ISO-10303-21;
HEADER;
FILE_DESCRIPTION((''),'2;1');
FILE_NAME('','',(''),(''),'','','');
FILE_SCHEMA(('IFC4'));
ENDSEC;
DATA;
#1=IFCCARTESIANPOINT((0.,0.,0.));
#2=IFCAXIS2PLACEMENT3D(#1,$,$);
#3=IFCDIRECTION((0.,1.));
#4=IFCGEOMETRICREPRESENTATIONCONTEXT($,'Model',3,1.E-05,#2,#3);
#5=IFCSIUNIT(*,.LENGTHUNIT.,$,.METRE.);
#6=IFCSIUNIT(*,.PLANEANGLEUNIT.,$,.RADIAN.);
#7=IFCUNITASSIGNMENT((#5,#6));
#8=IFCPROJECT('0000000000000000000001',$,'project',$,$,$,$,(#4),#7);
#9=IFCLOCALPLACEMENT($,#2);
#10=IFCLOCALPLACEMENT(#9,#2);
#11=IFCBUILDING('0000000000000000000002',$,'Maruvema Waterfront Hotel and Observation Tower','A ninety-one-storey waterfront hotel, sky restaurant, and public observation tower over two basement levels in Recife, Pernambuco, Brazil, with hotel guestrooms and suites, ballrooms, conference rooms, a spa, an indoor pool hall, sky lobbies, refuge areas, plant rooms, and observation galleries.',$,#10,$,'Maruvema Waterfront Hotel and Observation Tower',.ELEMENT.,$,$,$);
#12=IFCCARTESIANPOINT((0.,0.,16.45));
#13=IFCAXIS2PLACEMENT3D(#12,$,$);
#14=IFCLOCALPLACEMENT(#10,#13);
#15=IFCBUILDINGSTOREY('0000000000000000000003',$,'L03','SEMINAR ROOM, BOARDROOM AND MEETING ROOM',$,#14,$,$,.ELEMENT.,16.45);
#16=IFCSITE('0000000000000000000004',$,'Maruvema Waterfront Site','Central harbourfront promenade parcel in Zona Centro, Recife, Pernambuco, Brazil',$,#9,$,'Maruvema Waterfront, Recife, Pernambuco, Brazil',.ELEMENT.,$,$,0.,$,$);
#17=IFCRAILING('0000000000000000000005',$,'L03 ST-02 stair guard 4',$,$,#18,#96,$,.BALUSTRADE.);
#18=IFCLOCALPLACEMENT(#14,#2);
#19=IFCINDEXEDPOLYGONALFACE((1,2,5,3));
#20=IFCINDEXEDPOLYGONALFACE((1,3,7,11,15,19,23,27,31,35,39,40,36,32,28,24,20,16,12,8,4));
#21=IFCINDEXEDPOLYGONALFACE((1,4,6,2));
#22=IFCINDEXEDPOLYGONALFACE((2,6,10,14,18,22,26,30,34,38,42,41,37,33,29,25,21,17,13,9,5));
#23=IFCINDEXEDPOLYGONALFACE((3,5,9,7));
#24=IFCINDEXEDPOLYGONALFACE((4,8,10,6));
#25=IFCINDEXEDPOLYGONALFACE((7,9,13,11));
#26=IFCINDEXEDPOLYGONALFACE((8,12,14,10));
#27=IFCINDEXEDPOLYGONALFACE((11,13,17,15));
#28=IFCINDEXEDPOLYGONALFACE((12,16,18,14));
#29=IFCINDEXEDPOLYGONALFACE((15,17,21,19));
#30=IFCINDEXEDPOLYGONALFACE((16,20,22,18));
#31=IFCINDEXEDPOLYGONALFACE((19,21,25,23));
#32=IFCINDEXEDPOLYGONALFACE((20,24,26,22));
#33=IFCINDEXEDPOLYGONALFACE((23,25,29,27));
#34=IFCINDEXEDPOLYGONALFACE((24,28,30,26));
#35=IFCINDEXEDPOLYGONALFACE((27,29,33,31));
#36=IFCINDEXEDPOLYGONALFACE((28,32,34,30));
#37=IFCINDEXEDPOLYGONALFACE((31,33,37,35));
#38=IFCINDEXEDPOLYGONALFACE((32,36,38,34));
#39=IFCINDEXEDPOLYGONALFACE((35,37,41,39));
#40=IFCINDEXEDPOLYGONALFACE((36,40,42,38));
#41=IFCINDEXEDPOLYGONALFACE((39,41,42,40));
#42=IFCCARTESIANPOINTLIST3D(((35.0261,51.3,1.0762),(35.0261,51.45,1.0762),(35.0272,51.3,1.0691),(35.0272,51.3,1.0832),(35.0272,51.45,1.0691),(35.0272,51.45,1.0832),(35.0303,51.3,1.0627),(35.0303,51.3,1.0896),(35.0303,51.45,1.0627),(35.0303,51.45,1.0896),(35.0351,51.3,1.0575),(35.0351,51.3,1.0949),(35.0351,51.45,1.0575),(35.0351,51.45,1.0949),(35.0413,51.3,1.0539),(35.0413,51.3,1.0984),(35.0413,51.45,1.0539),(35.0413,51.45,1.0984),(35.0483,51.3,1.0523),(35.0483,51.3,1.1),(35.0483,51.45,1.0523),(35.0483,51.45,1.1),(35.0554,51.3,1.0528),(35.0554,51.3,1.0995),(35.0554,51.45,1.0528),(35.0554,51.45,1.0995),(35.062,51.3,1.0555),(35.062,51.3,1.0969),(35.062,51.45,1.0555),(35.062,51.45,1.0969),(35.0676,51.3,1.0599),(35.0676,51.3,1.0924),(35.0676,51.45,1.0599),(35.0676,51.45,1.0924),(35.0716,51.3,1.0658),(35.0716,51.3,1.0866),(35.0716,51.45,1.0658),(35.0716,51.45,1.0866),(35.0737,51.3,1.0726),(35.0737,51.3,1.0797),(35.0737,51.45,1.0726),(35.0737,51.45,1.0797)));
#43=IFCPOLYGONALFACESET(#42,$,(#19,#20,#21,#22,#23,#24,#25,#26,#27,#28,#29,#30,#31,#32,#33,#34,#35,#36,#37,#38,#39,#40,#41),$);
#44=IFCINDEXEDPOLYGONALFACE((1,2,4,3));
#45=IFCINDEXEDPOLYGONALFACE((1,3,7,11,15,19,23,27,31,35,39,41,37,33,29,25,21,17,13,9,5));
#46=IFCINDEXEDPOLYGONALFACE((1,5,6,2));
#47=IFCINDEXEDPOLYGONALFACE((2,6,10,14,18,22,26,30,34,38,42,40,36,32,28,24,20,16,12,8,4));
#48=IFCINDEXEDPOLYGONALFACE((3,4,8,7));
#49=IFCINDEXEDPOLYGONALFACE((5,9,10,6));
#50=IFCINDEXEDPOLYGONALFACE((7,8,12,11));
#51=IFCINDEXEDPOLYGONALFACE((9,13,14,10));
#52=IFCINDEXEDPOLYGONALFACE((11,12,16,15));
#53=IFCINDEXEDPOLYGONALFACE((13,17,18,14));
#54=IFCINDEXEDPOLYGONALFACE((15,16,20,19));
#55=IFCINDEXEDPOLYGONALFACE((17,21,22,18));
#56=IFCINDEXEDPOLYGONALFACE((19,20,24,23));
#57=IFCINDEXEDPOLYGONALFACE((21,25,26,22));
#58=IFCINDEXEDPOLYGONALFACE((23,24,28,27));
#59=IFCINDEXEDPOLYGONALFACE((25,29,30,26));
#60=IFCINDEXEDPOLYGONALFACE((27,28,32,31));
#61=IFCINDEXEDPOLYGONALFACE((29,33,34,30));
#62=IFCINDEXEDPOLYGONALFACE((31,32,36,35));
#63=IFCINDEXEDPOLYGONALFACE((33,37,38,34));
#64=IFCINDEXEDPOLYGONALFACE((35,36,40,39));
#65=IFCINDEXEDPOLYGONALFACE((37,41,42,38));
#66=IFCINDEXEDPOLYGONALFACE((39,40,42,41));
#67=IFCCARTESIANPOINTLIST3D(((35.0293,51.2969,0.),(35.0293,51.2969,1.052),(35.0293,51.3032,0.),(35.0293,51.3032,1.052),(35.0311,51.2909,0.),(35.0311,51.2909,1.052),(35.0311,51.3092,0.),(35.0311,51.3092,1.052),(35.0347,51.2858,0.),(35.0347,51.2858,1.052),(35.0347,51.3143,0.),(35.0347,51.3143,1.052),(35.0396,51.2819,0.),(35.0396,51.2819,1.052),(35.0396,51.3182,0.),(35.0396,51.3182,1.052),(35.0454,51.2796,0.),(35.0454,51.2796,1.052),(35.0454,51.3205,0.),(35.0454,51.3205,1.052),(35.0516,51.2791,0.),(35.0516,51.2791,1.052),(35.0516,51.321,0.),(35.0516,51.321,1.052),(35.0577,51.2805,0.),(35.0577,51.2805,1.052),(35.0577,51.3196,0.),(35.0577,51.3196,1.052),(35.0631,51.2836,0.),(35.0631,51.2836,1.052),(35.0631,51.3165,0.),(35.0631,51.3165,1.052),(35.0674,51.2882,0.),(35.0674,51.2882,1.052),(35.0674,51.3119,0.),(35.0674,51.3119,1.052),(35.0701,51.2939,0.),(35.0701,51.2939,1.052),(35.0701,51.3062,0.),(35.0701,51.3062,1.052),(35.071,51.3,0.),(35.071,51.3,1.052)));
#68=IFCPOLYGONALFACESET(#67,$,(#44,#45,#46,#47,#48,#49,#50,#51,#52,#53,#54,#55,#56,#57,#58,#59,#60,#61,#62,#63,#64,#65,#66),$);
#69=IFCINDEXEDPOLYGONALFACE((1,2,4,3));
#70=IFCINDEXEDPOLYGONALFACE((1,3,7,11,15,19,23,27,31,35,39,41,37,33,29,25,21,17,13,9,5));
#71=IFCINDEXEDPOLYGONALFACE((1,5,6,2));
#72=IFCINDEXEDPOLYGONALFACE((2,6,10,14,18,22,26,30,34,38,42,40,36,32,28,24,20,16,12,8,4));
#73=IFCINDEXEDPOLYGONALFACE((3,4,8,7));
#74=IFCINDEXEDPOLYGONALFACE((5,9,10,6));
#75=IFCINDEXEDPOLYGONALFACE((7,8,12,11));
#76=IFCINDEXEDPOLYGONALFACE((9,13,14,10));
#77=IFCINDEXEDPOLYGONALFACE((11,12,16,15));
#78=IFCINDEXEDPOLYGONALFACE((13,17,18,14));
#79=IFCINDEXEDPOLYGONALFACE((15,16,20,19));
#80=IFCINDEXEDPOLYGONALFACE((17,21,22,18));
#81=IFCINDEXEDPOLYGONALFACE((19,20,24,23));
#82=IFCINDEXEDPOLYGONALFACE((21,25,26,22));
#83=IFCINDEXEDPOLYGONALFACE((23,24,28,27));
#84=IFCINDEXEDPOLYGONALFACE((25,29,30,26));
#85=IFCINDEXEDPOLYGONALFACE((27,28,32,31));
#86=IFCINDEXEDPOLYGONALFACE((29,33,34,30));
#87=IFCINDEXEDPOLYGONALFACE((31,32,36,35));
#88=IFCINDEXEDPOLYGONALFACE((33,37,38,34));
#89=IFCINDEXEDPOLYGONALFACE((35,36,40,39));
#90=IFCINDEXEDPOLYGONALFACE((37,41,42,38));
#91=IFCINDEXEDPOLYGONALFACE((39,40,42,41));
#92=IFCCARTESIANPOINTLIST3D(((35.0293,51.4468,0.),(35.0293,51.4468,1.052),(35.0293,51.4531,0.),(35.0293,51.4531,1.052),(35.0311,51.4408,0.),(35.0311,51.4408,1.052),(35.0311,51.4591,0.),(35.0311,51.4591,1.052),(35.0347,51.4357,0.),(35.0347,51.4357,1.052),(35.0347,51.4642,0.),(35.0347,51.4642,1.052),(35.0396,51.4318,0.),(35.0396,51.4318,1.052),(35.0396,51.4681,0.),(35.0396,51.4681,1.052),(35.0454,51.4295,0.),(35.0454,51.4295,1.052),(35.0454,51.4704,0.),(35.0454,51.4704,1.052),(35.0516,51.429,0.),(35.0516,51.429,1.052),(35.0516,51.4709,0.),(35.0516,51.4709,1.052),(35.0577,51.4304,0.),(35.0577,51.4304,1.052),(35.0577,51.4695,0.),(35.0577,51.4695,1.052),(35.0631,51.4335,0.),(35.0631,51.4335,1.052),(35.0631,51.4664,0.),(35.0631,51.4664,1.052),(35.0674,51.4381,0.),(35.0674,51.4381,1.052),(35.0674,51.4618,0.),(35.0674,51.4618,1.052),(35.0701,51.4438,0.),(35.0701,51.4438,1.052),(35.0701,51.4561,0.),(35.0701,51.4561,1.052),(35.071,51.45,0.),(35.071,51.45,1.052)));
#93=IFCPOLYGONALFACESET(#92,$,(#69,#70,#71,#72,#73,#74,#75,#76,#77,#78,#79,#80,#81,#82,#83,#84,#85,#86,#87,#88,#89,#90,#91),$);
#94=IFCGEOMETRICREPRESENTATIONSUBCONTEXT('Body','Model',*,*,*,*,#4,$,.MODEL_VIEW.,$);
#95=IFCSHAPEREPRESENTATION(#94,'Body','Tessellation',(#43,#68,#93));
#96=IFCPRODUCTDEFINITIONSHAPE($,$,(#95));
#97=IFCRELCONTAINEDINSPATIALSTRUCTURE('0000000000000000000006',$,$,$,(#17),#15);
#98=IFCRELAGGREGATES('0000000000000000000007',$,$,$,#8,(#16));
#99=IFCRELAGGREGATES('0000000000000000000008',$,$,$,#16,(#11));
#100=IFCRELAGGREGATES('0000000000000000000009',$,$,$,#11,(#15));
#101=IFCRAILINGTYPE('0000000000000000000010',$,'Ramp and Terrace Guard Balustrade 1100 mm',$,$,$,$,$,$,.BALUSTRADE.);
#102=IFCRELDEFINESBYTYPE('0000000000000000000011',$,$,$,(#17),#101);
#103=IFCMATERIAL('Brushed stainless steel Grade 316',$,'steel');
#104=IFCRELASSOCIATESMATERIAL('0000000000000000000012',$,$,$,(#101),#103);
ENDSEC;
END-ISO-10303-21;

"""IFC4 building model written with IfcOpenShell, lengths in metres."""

from ifc_helpers import new_model, si_unit, direction, frame, origin, origin_2d, place, context, subcontext, project, spatial, circle, extrude, material, type_object, element, save


model = new_model("IFC4")

# Units and contexts
model_context = context("Model", 3, precision=1e-05, world=origin(), true_north=direction((0.0, 1.0)))
body_context = subcontext(model_context, "Body", "Model", "MODEL_VIEW")
ifc_project = project(units=[si_unit("LENGTHUNIT", "METRE"), si_unit("PLANEANGLEUNIT", "RADIAN")], contexts=[model_context])

# Site, building, storey
site_placement = place(None, origin())
site = spatial("IfcSite", under=ifc_project, at=site_placement, Name="Maruvema Waterfront Site", Description="Central harbourfront promenade parcel in Zona Centro, Recife, Pernambuco, Brazil", LongName="Maruvema Waterfront, Recife, Pernambuco, Brazil", CompositionType="ELEMENT", RefElevation=0.0)
building_placement = place(site_placement, origin())
building = spatial("IfcBuilding", under=site, at=building_placement, Name="Maruvema Waterfront Hotel and Observation Tower", Description="A ninety-one-storey waterfront hotel, sky restaurant, and public observation tower over two basement levels in Recife, Pernambuco, Brazil, with hotel guestrooms and suites, ballrooms, conference rooms, a spa, an indoor pool hall, sky lobbies, refuge areas, plant rooms, and observation galleries.", LongName="Maruvema Waterfront Hotel and Observation Tower", CompositionType="ELEMENT")
storey_placement = place(building_placement, frame((0.0, 0.0, 16.45)))
storey = spatial("IfcBuildingStorey", under=building, at=storey_placement, Name="L03", Description="SEMINAR ROOM, BOARDROOM AND MEETING ROOM", CompositionType="ELEMENT", Elevation=16.45)

# Railing
ifc_material_1 = material(Name="Brushed stainless steel Grade 316", Category="steel")
railing_type_1 = type_object("IfcRailingType", Name="Ramp and Terrace Guard Balustrade 1100 mm", PredefinedType="BALUSTRADE", material=ifc_material_1)
railing_1_placement = place(storey_placement, frame((35.05, 51.3, 0.0)))
element("IfcRailing", 1, at=railing_1_placement, inside=storey, type_object=railing_type_1, Name="L03 ST-02 stair guard 4", PredefinedType="BALUSTRADE", context=body_context, shape_type="SweptSolid", body=[
    extrude(circle(Radius=0.0239, at=origin_2d()), frame((0.0, 0.0, 1.0762), z_axis=(0.0, 1.0, 0.0), x_axis=(-1.0, 0.0, 0.0)), (0.0, 0.0, 1.0), 0.1499),
    extrude(circle(Radius=0.021, at=origin_2d()), origin(), (0.0, 0.0, 1.0), 1.052),
    extrude(circle(Radius=0.021, at=origin_2d()), frame((0.0, 0.1499, 0.0)), (0.0, 0.0, 1.0), 1.052),
])

save(model, "model.ifc")
